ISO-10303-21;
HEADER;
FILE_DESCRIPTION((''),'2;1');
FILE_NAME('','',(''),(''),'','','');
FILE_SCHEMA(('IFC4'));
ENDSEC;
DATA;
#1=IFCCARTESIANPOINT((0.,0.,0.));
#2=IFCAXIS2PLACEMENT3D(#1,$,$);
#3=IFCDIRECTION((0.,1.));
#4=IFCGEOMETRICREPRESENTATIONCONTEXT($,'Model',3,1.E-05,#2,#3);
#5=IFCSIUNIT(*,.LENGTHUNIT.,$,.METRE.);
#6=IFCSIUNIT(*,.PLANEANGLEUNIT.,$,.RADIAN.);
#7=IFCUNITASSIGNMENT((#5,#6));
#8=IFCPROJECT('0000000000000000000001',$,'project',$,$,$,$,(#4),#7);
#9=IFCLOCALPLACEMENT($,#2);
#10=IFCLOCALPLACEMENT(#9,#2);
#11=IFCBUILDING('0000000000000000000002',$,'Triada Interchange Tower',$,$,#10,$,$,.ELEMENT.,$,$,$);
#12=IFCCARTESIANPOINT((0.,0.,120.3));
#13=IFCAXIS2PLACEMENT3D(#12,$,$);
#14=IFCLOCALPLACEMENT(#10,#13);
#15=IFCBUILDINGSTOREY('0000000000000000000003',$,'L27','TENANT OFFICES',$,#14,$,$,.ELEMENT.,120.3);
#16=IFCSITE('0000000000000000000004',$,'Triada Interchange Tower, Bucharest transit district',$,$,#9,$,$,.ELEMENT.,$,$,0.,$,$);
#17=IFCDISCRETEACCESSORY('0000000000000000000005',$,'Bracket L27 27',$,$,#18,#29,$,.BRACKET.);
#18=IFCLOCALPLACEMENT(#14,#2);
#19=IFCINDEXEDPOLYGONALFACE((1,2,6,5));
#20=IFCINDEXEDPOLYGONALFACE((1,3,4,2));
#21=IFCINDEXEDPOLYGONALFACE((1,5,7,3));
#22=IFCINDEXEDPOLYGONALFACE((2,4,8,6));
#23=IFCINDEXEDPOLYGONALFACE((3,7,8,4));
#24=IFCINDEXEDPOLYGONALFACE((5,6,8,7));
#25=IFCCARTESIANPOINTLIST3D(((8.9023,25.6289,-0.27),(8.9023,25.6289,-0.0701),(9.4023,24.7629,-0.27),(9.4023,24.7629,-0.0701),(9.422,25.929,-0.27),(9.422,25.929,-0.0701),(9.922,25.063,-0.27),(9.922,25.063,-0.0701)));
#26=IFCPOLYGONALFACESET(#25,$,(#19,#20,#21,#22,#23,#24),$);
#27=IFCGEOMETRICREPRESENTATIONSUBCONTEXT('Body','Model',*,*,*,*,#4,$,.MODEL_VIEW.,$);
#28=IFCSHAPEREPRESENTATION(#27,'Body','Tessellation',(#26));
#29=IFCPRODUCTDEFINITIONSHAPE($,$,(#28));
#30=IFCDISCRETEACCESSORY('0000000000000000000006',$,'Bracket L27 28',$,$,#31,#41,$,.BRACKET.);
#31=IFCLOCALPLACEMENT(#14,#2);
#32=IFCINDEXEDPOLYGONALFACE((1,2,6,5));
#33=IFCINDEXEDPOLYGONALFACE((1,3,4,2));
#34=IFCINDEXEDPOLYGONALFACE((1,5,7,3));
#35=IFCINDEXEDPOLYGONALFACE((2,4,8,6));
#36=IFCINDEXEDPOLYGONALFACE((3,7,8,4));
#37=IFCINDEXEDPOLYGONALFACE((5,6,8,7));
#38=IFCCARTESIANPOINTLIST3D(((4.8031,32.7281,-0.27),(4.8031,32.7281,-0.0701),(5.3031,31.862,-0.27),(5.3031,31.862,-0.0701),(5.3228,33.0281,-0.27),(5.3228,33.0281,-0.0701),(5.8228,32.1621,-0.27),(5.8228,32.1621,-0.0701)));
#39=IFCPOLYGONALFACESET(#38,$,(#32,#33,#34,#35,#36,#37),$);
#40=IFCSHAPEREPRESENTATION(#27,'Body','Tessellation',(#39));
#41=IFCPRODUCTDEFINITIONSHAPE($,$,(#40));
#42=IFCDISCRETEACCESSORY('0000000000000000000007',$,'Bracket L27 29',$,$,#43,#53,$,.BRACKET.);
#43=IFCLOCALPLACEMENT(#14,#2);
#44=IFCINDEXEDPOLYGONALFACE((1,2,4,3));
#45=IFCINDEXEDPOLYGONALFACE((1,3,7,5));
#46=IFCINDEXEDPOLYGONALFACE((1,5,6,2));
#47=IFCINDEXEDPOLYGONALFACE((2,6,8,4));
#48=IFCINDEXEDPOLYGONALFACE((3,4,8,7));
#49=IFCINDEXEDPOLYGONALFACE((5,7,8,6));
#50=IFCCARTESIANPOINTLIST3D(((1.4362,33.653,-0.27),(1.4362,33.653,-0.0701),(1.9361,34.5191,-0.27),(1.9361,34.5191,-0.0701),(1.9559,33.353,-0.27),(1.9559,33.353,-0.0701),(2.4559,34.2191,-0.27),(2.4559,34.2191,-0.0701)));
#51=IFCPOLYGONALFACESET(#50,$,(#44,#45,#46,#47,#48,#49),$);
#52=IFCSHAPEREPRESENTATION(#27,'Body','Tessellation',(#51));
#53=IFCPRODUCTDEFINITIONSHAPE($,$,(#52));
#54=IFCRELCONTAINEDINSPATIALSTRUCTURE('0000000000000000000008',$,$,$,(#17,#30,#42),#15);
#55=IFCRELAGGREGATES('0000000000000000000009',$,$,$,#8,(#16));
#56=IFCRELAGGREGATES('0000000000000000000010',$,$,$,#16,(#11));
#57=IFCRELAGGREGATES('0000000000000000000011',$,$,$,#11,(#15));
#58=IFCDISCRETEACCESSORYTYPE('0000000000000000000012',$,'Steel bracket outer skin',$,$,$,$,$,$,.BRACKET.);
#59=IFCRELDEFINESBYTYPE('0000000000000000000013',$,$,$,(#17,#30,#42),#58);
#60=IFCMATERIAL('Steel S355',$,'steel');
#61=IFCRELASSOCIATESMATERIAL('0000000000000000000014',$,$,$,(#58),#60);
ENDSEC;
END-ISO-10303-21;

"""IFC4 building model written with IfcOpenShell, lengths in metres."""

from ifc_helpers import new_model, si_unit, direction, frame, origin, origin_2d, place, context, subcontext, project, spatial, rectangle, extrude, material, type_object, element, save


model = new_model("IFC4")

# Units and contexts
model_context = context("Model", 3, precision=1e-05, world=origin(), true_north=direction((0.0, 1.0)))
body_context = subcontext(model_context, "Body", "Model", "MODEL_VIEW")
ifc_project = project(units=[si_unit("LENGTHUNIT", "METRE"), si_unit("PLANEANGLEUNIT", "RADIAN")], contexts=[model_context])

# Site, building, storey
site_placement = place(None, origin())
site = spatial("IfcSite", under=ifc_project, at=site_placement, Name="Triada Interchange Tower, Bucharest transit district", CompositionType="ELEMENT", RefElevation=0.0)
building_placement = place(site_placement, origin())
building = spatial("IfcBuilding", under=site, at=building_placement, Name="Triada Interchange Tower", CompositionType="ELEMENT")
storey_placement = place(building_placement, frame((0.0, 0.0, 120.3)))
storey = spatial("IfcBuildingStorey", under=building, at=storey_placement, Name="L27", Description="TENANT OFFICES", CompositionType="ELEMENT", Elevation=120.3)

# Discrete accessories
ifc_material_1 = material(Name="Steel S355", Category="steel")
discrete_accessory_type = type_object("IfcDiscreteAccessoryType", Name="Steel bracket outer skin", PredefinedType="BRACKET", material=ifc_material_1)
for number, where, z_axis, x_axis, name in (
    (1, (9.4121, 25.3459, -0.27), (0.0, 0.0, 1.0), (0.866028, 0.499995, 0.0), "Bracket L27 27"),
    (2, (5.313, 32.4451, -0.27), (0.0, 0.0, 1.0), (0.866028, 0.499995, 0.0), "Bracket L27 28"),
    (3, (1.946, 33.936, -0.27), (0.0, 0.0, 1.0), (-0.866071, 0.499921, 0.0), "Bracket L27 29"),
):
    element("IfcDiscreteAccessory", number, at=place(storey_placement, frame(where, z_axis=z_axis, x_axis=x_axis)), inside=storey, type_object=discrete_accessory_type, Name=name, PredefinedType="BRACKET", context=body_context, shape_type="SweptSolid", body=[
        extrude(rectangle(XDim=0.6001, YDim=1.0, at=origin_2d()), origin(), (0.0, 0.0, 1.0), 0.2),
    ])

save(model, "model.ifc")
